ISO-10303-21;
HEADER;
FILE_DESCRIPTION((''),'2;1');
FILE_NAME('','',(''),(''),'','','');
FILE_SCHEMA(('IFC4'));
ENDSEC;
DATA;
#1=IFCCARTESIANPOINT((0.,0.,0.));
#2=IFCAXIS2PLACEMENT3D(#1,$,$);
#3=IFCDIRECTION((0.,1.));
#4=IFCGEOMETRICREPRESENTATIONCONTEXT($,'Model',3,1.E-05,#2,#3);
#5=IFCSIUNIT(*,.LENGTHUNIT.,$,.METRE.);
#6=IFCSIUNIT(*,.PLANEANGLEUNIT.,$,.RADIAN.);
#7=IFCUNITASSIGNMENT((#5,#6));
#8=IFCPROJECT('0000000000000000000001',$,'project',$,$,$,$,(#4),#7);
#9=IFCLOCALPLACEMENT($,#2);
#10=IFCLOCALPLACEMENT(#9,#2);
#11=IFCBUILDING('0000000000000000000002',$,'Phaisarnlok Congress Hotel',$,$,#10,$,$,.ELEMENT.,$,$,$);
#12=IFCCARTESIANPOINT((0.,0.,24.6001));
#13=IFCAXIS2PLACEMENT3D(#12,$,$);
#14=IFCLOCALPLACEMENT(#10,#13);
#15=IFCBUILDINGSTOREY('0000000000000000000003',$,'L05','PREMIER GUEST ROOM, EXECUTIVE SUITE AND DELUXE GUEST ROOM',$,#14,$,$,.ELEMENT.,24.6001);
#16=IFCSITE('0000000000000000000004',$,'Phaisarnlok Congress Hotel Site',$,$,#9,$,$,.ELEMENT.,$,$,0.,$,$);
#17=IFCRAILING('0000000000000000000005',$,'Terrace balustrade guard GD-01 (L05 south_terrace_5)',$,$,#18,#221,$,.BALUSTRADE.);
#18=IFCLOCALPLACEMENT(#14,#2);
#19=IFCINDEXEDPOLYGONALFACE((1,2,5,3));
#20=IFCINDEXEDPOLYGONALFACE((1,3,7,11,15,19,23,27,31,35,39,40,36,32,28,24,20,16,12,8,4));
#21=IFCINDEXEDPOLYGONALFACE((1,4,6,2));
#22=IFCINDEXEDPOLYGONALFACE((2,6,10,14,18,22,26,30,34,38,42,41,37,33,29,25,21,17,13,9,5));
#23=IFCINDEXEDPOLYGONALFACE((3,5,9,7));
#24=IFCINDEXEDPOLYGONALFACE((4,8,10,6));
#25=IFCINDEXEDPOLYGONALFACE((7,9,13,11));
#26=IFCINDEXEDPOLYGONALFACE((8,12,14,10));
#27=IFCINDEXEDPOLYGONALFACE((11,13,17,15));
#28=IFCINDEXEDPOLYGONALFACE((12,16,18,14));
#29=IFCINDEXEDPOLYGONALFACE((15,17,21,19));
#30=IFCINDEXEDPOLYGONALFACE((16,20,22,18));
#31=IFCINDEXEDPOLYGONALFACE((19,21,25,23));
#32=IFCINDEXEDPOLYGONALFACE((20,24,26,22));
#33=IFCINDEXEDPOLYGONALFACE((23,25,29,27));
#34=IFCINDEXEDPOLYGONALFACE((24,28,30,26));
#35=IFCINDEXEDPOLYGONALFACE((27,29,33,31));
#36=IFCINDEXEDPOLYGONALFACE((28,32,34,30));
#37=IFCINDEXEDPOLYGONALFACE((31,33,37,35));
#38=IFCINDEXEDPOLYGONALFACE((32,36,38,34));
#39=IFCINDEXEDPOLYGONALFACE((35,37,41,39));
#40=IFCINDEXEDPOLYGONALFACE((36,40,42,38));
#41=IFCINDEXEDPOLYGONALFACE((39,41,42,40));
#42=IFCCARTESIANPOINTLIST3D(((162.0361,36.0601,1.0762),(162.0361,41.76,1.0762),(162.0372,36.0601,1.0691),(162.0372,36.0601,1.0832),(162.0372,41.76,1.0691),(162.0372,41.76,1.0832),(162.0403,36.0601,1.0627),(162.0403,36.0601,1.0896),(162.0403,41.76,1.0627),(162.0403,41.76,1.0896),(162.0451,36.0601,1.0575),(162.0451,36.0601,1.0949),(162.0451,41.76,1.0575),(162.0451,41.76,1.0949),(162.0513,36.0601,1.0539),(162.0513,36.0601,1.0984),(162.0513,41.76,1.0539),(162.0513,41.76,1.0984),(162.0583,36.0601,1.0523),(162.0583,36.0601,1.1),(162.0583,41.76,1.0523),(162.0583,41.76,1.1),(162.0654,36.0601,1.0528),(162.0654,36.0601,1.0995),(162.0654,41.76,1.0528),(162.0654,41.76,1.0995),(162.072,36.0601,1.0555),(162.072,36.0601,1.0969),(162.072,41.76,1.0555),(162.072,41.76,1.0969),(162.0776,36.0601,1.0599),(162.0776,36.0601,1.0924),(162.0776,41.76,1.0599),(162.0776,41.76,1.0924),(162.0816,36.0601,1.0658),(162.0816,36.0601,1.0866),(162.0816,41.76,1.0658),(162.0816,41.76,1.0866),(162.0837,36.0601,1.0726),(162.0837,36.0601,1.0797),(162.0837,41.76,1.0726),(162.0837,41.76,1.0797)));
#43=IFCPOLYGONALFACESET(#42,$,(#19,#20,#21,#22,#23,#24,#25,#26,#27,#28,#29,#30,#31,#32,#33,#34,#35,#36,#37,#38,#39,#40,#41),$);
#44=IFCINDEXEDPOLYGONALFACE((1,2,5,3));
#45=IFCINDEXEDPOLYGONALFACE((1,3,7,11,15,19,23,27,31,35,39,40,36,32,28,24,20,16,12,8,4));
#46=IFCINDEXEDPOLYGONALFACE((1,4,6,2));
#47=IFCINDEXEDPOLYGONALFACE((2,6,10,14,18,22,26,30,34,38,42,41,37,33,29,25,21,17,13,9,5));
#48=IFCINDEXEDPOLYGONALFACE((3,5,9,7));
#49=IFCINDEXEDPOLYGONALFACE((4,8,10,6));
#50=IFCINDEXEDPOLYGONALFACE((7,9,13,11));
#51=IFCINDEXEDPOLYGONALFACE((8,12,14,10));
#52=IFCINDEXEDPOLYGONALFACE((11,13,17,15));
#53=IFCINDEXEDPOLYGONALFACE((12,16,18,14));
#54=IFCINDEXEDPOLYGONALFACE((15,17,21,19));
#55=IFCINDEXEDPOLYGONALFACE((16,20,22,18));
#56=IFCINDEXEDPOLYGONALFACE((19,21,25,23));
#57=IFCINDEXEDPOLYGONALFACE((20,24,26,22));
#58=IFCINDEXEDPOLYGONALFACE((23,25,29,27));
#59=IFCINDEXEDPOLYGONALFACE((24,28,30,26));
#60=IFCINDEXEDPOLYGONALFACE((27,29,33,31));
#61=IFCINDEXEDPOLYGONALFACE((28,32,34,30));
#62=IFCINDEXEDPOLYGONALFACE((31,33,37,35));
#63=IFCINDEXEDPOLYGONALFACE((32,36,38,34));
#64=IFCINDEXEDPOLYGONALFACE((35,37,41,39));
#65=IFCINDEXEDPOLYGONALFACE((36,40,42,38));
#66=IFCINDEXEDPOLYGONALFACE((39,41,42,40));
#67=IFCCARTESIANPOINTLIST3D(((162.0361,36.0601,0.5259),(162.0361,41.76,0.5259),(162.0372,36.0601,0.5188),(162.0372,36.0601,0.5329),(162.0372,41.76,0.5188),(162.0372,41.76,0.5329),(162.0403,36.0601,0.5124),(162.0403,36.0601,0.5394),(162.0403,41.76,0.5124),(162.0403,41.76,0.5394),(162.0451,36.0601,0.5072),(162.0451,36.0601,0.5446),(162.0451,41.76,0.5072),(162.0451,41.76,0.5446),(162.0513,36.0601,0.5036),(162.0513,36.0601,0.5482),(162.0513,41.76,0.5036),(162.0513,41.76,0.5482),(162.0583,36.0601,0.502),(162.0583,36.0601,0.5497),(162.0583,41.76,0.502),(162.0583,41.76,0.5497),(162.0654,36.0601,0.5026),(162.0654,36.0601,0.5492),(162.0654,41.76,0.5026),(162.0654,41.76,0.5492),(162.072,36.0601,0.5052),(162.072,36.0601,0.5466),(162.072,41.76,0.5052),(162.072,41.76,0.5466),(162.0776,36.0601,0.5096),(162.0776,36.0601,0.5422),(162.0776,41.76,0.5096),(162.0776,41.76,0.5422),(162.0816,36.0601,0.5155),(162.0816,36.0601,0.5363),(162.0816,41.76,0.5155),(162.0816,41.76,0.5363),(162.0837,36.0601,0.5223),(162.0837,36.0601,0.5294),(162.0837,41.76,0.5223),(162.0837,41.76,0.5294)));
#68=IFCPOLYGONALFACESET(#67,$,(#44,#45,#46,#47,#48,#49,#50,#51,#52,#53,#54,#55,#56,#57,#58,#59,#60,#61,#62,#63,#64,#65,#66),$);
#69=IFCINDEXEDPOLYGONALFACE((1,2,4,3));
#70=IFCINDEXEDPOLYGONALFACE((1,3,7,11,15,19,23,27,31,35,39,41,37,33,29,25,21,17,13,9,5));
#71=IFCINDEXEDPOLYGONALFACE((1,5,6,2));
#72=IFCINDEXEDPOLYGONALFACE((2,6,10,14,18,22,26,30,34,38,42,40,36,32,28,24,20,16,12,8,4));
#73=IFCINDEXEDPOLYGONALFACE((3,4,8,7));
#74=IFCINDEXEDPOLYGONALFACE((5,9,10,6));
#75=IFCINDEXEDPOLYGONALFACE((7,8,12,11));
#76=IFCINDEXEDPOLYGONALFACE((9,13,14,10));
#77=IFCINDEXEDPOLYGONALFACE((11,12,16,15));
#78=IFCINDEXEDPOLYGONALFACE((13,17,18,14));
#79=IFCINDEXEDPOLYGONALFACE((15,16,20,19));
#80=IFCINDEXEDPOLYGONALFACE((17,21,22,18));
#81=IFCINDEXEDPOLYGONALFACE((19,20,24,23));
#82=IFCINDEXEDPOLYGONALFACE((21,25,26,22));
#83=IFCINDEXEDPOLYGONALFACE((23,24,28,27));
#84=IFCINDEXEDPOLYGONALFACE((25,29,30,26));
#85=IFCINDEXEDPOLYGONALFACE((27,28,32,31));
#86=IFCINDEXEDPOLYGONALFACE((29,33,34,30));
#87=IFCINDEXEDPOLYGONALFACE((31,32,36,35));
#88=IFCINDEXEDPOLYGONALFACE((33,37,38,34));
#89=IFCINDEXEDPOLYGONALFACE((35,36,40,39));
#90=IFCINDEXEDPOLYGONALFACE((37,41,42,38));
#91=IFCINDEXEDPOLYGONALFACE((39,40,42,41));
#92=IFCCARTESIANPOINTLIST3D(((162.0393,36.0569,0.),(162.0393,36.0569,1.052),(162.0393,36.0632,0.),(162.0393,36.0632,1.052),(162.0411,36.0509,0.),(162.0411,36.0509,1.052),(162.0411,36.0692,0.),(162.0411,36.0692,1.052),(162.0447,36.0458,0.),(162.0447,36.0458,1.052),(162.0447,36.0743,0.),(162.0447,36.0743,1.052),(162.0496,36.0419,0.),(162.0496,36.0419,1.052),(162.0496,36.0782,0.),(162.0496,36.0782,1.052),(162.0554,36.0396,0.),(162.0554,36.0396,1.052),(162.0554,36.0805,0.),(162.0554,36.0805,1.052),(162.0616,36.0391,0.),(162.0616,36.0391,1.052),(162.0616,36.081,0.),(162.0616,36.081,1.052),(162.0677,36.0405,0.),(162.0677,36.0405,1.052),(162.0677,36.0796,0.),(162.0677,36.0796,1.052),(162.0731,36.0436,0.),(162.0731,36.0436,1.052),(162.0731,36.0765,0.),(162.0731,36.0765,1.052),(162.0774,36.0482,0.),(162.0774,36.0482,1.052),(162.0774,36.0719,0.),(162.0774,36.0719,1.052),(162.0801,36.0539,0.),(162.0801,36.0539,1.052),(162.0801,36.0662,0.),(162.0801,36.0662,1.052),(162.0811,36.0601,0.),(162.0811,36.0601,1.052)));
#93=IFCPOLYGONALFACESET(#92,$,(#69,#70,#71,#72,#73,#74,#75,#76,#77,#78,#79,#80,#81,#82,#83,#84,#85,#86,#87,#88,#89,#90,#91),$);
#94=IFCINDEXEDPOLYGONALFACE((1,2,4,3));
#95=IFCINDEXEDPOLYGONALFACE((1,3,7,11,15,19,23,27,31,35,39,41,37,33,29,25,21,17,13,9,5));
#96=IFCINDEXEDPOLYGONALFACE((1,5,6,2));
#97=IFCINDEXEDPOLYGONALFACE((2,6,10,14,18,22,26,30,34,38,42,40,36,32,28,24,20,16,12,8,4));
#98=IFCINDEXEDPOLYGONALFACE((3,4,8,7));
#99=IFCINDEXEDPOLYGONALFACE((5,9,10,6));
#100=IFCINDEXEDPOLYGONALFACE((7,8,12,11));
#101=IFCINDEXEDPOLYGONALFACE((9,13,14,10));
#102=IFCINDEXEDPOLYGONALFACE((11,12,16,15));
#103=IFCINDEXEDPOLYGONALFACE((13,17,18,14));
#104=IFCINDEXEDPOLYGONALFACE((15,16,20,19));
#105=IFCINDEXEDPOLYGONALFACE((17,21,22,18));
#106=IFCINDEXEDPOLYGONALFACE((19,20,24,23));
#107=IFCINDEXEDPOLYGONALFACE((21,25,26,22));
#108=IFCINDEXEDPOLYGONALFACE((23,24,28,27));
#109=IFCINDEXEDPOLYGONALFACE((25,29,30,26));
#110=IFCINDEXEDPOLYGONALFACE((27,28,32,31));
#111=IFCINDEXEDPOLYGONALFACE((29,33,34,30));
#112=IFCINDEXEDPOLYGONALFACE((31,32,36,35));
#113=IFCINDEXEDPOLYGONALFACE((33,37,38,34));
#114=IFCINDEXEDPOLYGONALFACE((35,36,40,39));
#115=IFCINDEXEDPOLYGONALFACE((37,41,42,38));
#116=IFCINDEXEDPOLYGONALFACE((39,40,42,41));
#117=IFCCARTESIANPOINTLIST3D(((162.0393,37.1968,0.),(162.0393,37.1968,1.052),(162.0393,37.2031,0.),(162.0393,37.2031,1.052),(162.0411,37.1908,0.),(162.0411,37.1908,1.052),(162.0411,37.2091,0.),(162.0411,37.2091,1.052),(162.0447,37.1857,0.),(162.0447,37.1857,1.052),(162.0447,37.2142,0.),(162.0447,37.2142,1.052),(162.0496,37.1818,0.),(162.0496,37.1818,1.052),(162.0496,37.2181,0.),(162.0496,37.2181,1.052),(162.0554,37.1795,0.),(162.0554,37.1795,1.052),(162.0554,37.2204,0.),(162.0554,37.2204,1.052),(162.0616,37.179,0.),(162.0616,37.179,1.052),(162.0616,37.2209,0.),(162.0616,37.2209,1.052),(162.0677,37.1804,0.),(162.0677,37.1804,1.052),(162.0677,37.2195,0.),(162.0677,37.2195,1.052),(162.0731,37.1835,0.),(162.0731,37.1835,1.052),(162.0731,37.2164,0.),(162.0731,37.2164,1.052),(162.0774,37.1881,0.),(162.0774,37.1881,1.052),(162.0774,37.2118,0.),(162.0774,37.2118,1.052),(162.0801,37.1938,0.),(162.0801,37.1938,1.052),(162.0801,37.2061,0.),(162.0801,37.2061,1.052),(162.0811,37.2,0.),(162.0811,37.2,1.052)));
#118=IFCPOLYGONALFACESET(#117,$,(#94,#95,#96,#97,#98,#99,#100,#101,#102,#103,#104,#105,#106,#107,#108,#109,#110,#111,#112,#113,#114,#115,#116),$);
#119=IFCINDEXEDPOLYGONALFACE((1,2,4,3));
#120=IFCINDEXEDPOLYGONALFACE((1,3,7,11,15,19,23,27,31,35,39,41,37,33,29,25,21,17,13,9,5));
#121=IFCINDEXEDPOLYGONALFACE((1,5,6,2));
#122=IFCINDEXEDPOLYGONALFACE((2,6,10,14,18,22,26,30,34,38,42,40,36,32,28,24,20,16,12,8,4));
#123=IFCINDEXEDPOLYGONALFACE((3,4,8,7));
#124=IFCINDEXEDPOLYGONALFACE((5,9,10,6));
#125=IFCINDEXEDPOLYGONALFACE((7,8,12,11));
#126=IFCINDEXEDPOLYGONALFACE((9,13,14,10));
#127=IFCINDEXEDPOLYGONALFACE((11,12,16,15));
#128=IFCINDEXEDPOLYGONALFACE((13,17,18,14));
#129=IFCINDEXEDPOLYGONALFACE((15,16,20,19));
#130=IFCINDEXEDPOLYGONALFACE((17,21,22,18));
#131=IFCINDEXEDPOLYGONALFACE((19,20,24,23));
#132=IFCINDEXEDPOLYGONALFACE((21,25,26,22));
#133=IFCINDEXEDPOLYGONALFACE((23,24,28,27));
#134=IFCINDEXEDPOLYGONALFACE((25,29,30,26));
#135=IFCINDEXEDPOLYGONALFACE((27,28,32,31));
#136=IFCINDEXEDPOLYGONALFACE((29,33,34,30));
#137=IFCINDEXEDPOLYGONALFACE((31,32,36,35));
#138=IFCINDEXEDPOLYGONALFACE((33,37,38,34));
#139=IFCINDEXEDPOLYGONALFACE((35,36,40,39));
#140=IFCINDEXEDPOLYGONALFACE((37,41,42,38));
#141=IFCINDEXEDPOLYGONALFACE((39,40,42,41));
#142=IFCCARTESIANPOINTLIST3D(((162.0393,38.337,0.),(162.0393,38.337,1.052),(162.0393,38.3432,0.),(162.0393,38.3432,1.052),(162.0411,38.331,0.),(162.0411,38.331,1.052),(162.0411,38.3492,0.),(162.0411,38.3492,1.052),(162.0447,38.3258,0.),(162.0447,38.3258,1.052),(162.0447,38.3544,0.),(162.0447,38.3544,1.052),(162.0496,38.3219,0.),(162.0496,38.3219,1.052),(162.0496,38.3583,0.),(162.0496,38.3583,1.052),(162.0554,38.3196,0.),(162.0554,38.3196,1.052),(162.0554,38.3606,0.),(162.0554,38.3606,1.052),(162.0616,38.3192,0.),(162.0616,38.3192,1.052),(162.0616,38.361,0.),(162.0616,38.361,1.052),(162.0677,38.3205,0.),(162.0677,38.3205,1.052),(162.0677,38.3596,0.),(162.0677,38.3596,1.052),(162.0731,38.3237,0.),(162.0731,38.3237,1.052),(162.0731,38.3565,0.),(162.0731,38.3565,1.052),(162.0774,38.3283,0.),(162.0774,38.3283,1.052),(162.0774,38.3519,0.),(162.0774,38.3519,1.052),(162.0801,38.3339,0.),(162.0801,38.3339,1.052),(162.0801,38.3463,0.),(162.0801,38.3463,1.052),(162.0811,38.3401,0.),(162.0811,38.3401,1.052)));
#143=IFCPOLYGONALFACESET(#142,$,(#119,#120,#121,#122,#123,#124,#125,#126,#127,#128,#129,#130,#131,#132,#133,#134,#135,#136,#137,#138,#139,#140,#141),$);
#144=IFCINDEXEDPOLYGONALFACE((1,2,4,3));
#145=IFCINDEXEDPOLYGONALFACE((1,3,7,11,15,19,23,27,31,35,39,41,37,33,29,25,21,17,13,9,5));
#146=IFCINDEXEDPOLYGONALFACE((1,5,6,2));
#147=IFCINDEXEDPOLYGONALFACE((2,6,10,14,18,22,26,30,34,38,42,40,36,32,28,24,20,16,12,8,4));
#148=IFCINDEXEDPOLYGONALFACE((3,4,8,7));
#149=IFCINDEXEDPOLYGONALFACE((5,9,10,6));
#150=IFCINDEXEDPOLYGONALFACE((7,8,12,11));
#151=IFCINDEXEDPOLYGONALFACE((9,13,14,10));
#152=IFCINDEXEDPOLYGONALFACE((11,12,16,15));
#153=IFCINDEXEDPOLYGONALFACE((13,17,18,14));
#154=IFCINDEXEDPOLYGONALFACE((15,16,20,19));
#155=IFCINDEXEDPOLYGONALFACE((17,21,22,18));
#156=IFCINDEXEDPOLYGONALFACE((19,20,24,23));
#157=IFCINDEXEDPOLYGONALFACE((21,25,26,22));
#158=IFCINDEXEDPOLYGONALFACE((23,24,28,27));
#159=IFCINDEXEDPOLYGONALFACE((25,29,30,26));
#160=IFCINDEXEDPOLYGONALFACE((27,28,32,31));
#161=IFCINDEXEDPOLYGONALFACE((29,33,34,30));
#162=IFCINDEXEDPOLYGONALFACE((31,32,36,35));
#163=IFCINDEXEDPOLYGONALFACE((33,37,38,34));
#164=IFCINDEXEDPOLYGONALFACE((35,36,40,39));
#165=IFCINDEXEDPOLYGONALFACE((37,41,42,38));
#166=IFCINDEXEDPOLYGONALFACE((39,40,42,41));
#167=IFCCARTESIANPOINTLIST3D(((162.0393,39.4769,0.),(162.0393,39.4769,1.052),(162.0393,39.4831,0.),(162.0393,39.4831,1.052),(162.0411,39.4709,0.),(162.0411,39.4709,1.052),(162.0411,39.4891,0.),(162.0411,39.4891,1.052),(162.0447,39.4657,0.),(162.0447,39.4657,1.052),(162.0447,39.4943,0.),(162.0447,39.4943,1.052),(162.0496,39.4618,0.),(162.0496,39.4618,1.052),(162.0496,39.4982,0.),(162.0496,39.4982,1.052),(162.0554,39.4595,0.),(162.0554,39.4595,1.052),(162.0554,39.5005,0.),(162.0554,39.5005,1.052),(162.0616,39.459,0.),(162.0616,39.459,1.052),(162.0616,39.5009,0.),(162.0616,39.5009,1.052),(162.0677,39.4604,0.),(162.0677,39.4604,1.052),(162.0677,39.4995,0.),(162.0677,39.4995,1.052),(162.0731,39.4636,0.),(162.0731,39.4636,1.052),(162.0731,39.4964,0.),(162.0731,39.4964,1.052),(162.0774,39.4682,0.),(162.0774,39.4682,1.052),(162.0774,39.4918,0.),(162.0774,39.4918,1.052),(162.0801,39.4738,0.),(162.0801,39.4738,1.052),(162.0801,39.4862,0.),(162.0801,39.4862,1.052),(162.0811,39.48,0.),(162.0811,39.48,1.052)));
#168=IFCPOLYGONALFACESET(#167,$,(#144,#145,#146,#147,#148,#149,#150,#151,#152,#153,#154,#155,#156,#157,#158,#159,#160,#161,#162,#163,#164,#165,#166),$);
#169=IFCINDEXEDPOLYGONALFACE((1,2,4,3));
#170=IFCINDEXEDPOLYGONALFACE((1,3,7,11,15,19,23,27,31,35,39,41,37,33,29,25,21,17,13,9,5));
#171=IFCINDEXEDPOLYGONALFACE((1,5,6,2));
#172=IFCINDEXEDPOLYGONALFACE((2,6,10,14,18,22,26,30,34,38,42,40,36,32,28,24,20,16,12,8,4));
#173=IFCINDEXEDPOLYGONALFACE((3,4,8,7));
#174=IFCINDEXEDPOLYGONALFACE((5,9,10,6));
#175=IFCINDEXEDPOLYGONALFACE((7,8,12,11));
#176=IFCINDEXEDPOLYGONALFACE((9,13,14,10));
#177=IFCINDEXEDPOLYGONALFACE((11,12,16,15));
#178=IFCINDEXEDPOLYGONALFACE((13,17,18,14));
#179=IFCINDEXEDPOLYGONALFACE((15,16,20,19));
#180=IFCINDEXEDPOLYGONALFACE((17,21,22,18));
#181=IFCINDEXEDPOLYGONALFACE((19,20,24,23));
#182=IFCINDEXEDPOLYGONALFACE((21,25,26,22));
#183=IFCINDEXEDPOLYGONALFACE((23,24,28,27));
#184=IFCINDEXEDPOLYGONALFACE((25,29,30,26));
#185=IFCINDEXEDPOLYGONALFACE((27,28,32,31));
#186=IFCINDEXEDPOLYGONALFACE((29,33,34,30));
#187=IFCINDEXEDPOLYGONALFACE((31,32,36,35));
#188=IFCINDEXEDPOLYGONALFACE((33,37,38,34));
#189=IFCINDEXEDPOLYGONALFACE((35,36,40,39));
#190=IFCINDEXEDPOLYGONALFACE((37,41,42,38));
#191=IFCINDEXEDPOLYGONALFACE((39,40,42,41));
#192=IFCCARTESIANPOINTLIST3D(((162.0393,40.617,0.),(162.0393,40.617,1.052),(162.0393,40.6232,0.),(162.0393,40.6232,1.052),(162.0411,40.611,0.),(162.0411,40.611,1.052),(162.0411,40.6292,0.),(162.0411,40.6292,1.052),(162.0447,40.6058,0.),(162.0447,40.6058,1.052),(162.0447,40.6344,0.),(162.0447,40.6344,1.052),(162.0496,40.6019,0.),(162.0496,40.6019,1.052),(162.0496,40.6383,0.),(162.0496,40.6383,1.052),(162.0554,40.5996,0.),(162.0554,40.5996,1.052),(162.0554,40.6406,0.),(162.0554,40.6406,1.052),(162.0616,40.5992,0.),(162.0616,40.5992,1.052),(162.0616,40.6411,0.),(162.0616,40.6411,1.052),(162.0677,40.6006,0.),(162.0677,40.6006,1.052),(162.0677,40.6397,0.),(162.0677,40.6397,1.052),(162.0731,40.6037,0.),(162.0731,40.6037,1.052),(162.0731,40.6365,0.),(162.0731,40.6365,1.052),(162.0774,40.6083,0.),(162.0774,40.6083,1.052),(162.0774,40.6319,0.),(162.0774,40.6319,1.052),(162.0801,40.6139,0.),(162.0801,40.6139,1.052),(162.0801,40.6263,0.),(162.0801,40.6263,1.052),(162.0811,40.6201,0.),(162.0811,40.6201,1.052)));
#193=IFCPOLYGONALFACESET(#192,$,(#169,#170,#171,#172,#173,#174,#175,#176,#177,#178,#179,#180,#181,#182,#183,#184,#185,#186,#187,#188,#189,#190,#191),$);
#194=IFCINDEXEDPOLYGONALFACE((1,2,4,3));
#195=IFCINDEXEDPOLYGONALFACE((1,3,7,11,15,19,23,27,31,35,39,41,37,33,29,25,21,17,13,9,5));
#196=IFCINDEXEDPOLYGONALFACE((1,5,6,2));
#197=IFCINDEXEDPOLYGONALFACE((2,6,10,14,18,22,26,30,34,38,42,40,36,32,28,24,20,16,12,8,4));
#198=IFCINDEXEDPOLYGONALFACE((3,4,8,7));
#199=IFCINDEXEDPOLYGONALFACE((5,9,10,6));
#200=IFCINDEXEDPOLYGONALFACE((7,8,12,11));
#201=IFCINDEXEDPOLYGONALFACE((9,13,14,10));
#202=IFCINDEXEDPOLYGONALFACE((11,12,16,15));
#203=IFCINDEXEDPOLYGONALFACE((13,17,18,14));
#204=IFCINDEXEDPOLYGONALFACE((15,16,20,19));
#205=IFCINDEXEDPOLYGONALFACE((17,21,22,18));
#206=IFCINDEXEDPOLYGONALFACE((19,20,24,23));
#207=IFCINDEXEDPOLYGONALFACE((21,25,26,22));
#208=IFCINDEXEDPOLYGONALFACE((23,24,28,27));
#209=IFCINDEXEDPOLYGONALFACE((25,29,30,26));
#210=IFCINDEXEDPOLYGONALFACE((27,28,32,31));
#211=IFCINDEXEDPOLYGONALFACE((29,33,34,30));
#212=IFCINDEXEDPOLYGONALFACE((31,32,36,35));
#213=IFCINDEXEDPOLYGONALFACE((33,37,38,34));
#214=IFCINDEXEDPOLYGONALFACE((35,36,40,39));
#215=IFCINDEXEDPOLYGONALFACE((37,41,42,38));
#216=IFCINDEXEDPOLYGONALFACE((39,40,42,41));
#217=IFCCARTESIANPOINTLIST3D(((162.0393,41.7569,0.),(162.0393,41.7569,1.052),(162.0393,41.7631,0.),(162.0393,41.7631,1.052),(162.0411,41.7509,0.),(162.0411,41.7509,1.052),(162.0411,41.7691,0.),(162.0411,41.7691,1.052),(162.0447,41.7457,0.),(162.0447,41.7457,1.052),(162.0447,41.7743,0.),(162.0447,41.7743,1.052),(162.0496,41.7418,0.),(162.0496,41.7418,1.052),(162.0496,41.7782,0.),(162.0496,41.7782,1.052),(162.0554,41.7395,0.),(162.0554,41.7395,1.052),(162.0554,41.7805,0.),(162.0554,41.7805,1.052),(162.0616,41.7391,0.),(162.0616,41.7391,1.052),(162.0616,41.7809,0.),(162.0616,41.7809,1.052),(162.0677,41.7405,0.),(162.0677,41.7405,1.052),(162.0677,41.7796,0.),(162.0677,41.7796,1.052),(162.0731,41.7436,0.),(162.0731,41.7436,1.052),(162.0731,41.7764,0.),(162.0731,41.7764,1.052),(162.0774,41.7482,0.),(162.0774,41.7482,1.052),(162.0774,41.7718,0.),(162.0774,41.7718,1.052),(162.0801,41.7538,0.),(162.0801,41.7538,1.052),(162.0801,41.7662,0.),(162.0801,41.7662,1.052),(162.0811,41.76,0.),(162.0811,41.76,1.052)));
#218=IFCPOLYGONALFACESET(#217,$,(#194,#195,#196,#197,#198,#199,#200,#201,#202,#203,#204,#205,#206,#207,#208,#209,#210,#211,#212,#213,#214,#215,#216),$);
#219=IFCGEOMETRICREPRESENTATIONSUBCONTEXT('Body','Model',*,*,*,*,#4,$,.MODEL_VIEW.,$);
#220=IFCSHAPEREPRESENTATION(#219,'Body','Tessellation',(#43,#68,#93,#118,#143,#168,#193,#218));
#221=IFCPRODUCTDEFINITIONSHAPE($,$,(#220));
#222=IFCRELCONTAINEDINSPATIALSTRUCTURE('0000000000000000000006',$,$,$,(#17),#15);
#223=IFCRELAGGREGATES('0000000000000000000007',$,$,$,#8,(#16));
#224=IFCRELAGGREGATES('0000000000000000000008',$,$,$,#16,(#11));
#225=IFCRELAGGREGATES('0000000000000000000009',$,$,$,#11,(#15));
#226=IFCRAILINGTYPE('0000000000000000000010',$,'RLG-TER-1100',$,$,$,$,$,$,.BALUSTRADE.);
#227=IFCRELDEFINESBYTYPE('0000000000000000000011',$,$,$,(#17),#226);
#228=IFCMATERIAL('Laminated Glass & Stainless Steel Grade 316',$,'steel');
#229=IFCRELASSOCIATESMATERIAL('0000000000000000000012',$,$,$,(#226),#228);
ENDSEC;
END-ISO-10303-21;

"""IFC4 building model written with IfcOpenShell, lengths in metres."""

from ifc_helpers import new_model, si_unit, direction, frame, origin, origin_2d, place, context, subcontext, project, spatial, circle, extrude, material, type_object, element, save


model = new_model("IFC4")

# Units and contexts
model_context = context("Model", 3, precision=1e-05, world=origin(), true_north=direction((0.0, 1.0)))
body_context = subcontext(model_context, "Body", "Model", "MODEL_VIEW")
ifc_project = project(units=[si_unit("LENGTHUNIT", "METRE"), si_unit("PLANEANGLEUNIT", "RADIAN")], contexts=[model_context])

# Site, building, storey
site_placement = place(None, origin())
site = spatial("IfcSite", under=ifc_project, at=site_placement, Name="Phaisarnlok Congress Hotel Site", CompositionType="ELEMENT", RefElevation=0.0)
building_placement = place(site_placement, origin())
building = spatial("IfcBuilding", under=site, at=building_placement, Name="Phaisarnlok Congress Hotel", CompositionType="ELEMENT")
storey_placement = place(building_placement, frame((0.0, 0.0, 24.6001)))
storey = spatial("IfcBuildingStorey", under=building, at=storey_placement, Name="L05", Description="PREMIER GUEST ROOM, EXECUTIVE SUITE AND DELUXE GUEST ROOM", CompositionType="ELEMENT", Elevation=24.6001)

# Railing
ifc_material_1 = material(Name="Laminated Glass & Stainless Steel Grade 316", Category="steel")
railing_type = type_object("IfcRailingType", Name="RLG-TER-1100", PredefinedType="BALUSTRADE", material=ifc_material_1)
railing_placement = place(storey_placement, frame((162.0601, 36.0601, 0.0)))
element("IfcRailing", 1, at=railing_placement, inside=storey, type_object=railing_type, Name="Terrace balustrade guard GD-01 (L05 south_terrace_5)", PredefinedType="BALUSTRADE", context=body_context, shape_type="SweptSolid", body=[
    extrude(circle(Radius=0.0239, at=origin_2d()), frame((0.0, 0.0, 1.0762), z_axis=(0.0, 1.0, 0.0), x_axis=(-1.0, 0.0, 0.0)), (0.0, 0.0, 1.0), 5.7),
    extrude(circle(Radius=0.0239, at=origin_2d()), frame((0.0, 0.0, 0.5259), z_axis=(0.0, 1.0, 0.0), x_axis=(-1.0, 0.0, 0.0)), (0.0, 0.0, 1.0), 5.7),
    extrude(circle(Radius=0.021, at=origin_2d()), origin(), (0.0, 0.0, 1.0), 1.052),
    extrude(circle(Radius=0.021, at=origin_2d()), frame((0.0, 1.1399, 0.0)), (0.0, 0.0, 1.0), 1.052),
    extrude(circle(Radius=0.021, at=origin_2d()), frame((0.0, 2.28, 0.0)), (0.0, 0.0, 1.0), 1.052),
    extrude(circle(Radius=0.021, at=origin_2d()), frame((0.0, 3.4199, 0.0)), (0.0, 0.0, 1.0), 1.052),
    extrude(circle(Radius=0.021, at=origin_2d()), frame((0.0, 4.5601, 0.0)), (0.0, 0.0, 1.0), 1.052),
    extrude(circle(Radius=0.021, at=origin_2d()), frame((0.0, 5.7, 0.0)), (0.0, 0.0, 1.0), 1.052),
])

save(model, "model.ifc")
